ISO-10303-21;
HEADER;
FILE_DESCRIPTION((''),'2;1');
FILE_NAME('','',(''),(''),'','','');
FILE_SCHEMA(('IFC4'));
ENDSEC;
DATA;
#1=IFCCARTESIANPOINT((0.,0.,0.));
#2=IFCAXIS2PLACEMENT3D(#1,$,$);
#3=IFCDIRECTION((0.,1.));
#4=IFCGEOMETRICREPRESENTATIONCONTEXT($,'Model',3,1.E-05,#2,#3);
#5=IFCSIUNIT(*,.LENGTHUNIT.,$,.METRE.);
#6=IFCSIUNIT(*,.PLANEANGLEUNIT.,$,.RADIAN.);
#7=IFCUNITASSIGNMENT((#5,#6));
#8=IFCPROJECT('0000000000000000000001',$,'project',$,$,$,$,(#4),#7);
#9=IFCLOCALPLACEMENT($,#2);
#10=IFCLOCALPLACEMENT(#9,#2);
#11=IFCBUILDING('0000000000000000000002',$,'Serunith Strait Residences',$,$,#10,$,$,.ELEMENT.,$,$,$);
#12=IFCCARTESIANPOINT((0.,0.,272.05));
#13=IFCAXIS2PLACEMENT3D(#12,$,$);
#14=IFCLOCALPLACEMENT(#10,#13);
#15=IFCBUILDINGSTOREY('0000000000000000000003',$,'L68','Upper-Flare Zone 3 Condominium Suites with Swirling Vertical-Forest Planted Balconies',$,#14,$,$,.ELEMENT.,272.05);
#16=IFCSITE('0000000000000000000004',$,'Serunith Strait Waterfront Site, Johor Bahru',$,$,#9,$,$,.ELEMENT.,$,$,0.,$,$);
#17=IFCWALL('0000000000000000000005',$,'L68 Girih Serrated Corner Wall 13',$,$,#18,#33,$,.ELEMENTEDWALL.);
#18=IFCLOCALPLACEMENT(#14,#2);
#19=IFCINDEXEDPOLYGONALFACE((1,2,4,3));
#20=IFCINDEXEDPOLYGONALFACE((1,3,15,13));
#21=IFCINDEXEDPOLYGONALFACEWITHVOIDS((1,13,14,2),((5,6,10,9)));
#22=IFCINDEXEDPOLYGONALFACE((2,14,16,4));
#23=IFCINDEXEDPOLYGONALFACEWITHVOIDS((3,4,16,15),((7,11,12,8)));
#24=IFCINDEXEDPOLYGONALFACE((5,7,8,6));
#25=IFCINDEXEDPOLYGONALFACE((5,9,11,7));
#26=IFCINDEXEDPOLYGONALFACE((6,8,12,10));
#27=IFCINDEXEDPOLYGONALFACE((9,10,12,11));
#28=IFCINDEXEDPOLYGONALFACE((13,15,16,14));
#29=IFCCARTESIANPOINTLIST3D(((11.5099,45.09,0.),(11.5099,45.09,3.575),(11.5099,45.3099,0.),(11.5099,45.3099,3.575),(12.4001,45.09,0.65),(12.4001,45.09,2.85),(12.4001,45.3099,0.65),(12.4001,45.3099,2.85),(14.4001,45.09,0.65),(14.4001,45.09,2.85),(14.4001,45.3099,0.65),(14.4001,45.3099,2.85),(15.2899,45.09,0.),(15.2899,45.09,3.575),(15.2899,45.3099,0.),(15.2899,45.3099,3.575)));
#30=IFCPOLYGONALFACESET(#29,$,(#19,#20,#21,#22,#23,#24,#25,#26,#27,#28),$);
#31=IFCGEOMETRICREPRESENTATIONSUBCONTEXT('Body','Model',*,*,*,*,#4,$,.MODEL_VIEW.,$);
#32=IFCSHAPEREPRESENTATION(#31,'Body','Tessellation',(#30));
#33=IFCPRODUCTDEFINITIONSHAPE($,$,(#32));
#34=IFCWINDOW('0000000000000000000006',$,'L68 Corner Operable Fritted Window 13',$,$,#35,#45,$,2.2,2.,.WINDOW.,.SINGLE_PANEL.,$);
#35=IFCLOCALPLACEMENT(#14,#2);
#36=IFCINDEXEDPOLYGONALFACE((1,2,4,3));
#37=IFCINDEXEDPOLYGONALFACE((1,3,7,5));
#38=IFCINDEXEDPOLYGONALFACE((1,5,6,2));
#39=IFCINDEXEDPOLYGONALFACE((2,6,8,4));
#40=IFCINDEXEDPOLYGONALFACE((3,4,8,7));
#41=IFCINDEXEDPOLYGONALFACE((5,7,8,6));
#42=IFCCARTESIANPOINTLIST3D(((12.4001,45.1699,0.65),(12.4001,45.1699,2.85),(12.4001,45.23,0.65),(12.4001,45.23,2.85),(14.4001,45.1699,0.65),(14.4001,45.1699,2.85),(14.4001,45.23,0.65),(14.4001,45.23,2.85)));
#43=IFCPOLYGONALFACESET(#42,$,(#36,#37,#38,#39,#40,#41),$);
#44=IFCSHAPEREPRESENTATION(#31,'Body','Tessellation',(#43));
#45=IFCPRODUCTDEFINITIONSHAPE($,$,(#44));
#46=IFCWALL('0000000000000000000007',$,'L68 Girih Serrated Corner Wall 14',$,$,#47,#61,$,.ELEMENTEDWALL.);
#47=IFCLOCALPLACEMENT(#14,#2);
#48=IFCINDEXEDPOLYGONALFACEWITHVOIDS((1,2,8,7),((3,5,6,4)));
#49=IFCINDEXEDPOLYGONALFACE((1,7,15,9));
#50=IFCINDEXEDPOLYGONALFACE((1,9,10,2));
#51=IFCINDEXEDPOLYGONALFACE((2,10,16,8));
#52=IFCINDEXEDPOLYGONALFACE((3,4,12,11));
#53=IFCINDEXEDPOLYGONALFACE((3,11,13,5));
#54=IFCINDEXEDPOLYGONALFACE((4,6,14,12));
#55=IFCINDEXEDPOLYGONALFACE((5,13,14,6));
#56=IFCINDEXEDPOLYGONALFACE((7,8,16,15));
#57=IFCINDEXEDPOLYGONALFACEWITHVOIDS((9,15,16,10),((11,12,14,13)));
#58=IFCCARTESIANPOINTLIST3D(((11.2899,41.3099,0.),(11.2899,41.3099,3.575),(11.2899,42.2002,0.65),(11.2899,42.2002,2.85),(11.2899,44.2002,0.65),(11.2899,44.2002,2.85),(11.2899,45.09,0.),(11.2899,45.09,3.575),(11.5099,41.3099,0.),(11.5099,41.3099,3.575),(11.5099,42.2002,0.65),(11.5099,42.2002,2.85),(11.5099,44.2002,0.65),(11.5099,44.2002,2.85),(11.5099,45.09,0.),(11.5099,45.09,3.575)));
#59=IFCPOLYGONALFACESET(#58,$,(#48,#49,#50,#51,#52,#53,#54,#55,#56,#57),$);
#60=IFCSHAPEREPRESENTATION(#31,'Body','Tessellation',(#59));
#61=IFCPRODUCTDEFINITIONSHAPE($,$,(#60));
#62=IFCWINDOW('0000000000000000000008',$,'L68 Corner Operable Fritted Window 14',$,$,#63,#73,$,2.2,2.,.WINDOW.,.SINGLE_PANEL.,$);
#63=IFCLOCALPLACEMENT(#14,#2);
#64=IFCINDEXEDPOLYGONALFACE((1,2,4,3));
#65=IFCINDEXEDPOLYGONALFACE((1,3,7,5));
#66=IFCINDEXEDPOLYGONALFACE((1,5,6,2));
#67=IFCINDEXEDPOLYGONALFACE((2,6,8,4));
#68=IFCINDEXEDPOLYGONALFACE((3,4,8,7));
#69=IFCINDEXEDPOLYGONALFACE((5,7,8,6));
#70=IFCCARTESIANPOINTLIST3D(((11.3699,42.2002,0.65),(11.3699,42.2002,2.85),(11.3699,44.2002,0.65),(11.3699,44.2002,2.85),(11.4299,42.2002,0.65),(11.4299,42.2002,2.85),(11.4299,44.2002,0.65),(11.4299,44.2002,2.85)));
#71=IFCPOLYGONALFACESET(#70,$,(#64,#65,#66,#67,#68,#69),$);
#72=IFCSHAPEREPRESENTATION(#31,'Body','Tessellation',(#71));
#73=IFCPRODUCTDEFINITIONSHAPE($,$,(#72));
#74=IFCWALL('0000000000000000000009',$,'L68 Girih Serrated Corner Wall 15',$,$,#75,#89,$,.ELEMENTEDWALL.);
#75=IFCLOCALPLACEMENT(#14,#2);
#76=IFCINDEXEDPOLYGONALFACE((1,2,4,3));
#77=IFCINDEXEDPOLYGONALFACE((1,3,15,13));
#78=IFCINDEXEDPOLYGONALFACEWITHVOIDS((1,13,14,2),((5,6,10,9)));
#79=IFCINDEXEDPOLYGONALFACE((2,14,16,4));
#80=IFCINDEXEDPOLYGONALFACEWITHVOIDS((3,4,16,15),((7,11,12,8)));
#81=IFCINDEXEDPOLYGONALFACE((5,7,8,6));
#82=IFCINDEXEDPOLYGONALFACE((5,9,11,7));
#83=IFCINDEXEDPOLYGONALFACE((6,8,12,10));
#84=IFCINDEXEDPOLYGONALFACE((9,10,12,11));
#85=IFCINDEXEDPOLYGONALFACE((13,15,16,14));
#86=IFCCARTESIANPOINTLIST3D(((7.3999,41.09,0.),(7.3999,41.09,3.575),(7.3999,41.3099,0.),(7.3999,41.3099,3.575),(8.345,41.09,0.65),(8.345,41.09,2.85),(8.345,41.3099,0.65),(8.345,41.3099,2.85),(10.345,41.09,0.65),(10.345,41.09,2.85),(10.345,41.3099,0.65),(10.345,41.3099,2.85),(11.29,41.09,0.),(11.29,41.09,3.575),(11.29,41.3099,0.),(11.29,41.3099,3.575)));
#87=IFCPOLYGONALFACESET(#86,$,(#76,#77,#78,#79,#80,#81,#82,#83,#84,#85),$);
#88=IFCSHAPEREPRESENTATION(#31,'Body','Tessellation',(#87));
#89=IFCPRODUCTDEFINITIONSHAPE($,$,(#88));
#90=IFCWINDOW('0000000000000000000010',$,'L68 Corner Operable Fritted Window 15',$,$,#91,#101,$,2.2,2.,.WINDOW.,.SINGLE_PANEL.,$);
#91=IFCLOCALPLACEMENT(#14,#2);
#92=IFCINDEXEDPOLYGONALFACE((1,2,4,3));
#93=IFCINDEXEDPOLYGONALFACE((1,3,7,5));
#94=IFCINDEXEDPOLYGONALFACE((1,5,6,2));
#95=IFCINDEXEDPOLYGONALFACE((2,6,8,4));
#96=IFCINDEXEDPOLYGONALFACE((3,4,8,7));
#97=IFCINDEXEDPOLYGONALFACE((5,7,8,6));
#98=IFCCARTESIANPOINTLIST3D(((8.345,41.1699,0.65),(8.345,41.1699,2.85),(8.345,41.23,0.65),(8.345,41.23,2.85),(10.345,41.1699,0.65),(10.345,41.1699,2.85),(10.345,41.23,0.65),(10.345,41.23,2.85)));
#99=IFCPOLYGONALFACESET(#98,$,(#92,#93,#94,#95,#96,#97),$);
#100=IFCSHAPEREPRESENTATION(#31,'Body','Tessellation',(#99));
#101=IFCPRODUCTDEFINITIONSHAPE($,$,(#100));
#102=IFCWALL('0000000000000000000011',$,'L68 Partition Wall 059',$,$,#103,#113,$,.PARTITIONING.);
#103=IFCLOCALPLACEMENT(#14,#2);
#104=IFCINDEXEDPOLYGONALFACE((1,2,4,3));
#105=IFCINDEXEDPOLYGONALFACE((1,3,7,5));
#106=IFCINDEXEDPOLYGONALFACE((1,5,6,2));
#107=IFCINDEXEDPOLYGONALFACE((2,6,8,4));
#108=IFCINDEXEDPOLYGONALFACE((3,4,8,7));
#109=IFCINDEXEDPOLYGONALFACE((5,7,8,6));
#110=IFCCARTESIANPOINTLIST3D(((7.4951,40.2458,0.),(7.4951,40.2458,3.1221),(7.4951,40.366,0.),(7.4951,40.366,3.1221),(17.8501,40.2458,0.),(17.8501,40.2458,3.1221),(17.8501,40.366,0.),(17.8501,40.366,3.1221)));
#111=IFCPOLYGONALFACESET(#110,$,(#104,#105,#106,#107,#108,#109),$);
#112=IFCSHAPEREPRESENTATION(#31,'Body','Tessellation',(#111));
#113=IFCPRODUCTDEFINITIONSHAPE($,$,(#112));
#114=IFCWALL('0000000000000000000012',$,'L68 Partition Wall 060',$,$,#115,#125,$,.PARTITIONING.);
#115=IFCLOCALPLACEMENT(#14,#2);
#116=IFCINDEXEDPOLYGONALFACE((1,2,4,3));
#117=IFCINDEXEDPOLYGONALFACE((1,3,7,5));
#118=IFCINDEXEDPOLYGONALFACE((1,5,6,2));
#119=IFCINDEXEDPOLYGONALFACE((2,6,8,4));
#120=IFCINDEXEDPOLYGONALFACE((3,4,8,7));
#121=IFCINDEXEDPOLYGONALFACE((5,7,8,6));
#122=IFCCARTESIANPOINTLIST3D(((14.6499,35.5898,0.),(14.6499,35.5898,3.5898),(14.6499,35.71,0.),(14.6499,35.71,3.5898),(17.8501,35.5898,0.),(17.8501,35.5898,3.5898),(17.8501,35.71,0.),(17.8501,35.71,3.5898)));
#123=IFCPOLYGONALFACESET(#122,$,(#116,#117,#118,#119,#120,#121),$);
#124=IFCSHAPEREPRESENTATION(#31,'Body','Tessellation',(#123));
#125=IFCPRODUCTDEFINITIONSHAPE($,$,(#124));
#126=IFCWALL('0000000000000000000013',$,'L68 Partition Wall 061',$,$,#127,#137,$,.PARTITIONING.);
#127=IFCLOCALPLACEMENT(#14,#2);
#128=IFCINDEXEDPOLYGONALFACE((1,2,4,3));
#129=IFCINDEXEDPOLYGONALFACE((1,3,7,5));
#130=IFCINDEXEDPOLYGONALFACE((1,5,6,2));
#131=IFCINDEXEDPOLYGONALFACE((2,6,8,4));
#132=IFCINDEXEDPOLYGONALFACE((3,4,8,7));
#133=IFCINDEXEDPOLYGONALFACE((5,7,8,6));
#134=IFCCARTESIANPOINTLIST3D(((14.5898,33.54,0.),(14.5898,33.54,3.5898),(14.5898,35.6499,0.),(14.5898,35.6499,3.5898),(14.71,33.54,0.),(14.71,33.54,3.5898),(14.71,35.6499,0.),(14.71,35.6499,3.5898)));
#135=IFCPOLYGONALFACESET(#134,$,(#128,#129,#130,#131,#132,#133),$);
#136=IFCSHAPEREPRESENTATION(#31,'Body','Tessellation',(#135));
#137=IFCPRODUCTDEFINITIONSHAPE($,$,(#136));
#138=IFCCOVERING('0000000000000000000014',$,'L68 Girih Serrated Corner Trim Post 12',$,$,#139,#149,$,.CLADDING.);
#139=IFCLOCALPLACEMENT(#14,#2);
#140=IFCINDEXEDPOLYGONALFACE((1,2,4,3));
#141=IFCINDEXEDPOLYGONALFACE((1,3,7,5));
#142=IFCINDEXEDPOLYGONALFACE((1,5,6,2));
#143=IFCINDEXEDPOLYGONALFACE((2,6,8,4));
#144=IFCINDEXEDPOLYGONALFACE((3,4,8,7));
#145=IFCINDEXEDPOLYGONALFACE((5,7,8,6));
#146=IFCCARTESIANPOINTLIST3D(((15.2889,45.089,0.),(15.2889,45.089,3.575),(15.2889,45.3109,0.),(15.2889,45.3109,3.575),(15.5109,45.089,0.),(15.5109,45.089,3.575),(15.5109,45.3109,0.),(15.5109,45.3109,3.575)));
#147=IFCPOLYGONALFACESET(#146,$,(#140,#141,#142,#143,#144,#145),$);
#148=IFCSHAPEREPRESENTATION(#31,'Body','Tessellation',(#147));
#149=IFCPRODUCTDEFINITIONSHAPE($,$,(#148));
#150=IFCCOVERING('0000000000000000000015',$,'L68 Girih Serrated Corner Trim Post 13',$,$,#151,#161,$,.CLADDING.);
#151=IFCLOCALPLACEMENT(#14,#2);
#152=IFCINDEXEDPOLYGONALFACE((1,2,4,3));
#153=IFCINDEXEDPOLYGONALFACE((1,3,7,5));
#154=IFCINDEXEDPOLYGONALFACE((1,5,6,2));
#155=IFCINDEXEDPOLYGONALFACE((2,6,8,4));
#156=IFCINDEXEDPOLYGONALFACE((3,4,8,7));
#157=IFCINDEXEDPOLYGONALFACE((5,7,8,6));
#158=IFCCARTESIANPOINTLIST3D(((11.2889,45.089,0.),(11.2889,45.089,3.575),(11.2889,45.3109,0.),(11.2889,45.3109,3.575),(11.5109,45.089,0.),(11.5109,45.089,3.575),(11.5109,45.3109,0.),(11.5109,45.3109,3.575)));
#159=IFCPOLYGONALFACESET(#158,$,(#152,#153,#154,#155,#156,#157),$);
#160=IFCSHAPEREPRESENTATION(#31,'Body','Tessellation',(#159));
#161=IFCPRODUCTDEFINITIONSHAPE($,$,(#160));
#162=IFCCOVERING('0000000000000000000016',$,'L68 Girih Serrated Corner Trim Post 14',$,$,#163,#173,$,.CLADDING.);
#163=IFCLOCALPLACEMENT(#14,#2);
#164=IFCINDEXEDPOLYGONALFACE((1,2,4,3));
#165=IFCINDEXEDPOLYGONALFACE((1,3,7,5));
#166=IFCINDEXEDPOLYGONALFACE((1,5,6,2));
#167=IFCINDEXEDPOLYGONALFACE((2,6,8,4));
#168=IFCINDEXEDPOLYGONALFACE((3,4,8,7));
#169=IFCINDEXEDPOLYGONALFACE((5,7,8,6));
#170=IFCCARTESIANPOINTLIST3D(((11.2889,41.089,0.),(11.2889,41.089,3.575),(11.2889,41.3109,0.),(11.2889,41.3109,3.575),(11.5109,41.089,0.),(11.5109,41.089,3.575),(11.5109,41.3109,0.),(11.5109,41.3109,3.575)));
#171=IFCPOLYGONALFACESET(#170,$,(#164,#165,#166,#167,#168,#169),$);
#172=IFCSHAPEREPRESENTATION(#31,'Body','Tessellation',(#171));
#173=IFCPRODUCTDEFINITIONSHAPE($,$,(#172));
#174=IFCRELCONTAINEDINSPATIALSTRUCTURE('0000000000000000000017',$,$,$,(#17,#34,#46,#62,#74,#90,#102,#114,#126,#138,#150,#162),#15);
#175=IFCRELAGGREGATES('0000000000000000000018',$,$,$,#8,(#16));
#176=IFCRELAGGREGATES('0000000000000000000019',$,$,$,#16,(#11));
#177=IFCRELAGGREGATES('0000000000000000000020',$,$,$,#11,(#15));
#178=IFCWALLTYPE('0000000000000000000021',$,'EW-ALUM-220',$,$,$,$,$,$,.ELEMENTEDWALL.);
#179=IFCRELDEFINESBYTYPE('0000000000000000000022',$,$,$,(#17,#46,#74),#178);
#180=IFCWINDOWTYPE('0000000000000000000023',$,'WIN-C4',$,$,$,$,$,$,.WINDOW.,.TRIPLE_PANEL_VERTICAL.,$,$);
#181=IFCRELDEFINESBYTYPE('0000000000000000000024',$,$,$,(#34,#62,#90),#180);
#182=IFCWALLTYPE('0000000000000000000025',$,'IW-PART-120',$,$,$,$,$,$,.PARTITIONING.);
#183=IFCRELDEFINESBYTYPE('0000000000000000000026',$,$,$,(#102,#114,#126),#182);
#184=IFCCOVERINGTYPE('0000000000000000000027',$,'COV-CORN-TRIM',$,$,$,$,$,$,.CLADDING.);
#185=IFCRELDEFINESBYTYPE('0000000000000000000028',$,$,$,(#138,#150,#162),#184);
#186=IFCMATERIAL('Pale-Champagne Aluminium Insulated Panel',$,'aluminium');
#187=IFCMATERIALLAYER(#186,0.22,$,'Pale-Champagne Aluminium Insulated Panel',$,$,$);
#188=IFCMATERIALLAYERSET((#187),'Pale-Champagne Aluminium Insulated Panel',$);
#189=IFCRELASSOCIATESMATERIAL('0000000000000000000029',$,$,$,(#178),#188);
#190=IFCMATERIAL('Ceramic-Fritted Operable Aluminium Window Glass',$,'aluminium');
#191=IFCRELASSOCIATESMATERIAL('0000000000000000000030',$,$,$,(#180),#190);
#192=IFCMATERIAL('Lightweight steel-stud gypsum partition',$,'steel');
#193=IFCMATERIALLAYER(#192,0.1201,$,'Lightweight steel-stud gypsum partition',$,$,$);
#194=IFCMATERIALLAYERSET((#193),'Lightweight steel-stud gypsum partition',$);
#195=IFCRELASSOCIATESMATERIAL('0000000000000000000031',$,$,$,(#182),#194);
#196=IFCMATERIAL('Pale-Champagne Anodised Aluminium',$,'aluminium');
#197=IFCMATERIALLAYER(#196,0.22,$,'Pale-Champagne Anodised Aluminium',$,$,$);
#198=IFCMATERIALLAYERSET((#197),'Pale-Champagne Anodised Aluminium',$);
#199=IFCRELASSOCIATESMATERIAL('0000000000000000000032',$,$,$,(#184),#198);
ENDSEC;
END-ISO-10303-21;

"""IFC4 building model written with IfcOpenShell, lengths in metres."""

from ifc_helpers import new_model, si_unit, direction, frame, frame_2d, origin, origin_2d, place, context, subcontext, project, spatial, rectangle, extrude, source, transform, mapped, material, layer, layer_set, type_object, element, fill, save


model = new_model("IFC4")

# Units and contexts
model_context = context("Model", 3, precision=1e-05, world=origin(), true_north=direction((0.0, 1.0)))
body_context = subcontext(model_context, "Body", "Model", "MODEL_VIEW")
ifc_project = project(units=[si_unit("LENGTHUNIT", "METRE"), si_unit("PLANEANGLEUNIT", "RADIAN")], contexts=[model_context])

# Site, building, storey
site_placement = place(None, origin())
site = spatial("IfcSite", under=ifc_project, at=site_placement, Name="Serunith Strait Waterfront Site, Johor Bahru", CompositionType="ELEMENT", RefElevation=0.0)
building_placement = place(site_placement, origin())
building = spatial("IfcBuilding", under=site, at=building_placement, Name="Serunith Strait Residences", CompositionType="ELEMENT")
storey_placement = place(building_placement, frame((0.0, 0.0, 272.05)))
storey = spatial("IfcBuildingStorey", under=building, at=storey_placement, Name="L68", Description="Upper-Flare Zone 3 Condominium Suites with Swirling Vertical-Forest Planted Balconies", CompositionType="ELEMENT", Elevation=272.05)

# Shared definitions
ifc_material_1 = material(Name="Pale-Champagne Anodised Aluminium", Category="aluminium")

# Walls, openings, windows
ifc_material_2 = material(Name="Pale-Champagne Aluminium Insulated Panel", Category="aluminium")
ifc_layer_1 = layer(ifc_material_2, 0.22, Name="Pale-Champagne Aluminium Insulated Panel")
ifc_layer_set_1 = layer_set([ifc_layer_1], Name="Pale-Champagne Aluminium Insulated Panel")
wall_type_1 = type_object("IfcWallType", Name="EW-ALUM-220", PredefinedType="ELEMENTEDWALL", material=ifc_layer_set_1)
ifc_material_3 = material(Name="Ceramic-Fritted Operable Aluminium Window Glass", Category="aluminium")
window_type = type_object("IfcWindowType", Name="WIN-C4", PartitioningType="TRIPLE_PANEL_VERTICAL", PredefinedType="WINDOW", material=ifc_material_3)
shared_shape_1 = source(origin(), body_context, "Body", "SweptSolid", [
    extrude(rectangle(XDim=2.0, YDim=2.2, at=frame_2d((1.0, 1.1001))), frame((0.0, 0.03, 0.0), z_axis=(0.0, -1.0, 0.0), x_axis=(1.0, 0.0, 0.0)), (0.0, 0.0, 1.0), 0.0601),
])
wall_1_placement = place(storey_placement, frame((15.29, 45.2, 0.0), z_axis=(0.0, 0.0, 1.0), x_axis=(-1.0, 0.0, 0.0)))
wall_1 = element("IfcWall", 1, at=wall_1_placement, inside=storey, type_object=wall_type_1, Name="L68 Girih Serrated Corner Wall 13", PredefinedType="ELEMENTEDWALL", context=body_context, shape_type="SweptSolid", body=[
    extrude(rectangle(XDim=3.78, YDim=0.22, at=frame_2d((1.8901, 0.0))), origin(), (0.0, 0.0, 1.0), 3.575),
])
opening_1_placement = place(wall_1_placement, frame((0.8899, 0.0, 0.6499)))
opening_1 = element("IfcOpeningElement", 2, at=opening_1_placement, cuts=wall_1, PredefinedType="OPENING", context=body_context, shape_type="SweptSolid", body=[
    extrude(rectangle(XDim=2.0, YDim=2.2, at=frame_2d((1.0, 1.1001))), frame((0.0, 0.1201, 0.0), z_axis=(0.0, -1.0, 0.0), x_axis=(1.0, 0.0, 0.0)), (0.0, 0.0, 1.0), 0.24),
])
window_1_placement = place(opening_1_placement, origin())
window_1 = element("IfcWindow", 3, at=window_1_placement, inside=storey, type_object=window_type, Name="L68 Corner Operable Fritted Window 13", OverallHeight=2.2, OverallWidth=2.0, PartitioningType="SINGLE_PANEL", PredefinedType="WINDOW", context=body_context, shape_type="MappedRepresentation", body=[
    mapped(shared_shape_1, transform((0.0, 0.0, 0.0), scale=1.0)),
])
fill(opening_1, window_1)
wall_2_placement = place(storey_placement, frame((11.3999, 45.0901, 0.0), z_axis=(0.0, 0.0, 1.0), x_axis=(0.0, -1.0, 0.0)))
wall_2 = element("IfcWall", 4, at=wall_2_placement, inside=storey, type_object=wall_type_1, Name="L68 Girih Serrated Corner Wall 14", PredefinedType="ELEMENTEDWALL", context=body_context, shape_type="SweptSolid", body=[
    extrude(rectangle(XDim=3.78, YDim=0.22, at=frame_2d((1.8901, 0.0))), origin(), (0.0, 0.0, 1.0), 3.575),
])
opening_2_placement = place(wall_2_placement, frame((0.8899, 0.0, 0.6499)))
opening_2 = element("IfcOpeningElement", 5, at=opening_2_placement, cuts=wall_2, PredefinedType="OPENING", context=body_context, shape_type="SweptSolid", body=[
    extrude(rectangle(XDim=2.0, YDim=2.2, at=frame_2d((1.0, 1.1001))), frame((0.0, 0.1201, 0.0), z_axis=(0.0, -1.0, 0.0), x_axis=(1.0, 0.0, 0.0)), (0.0, 0.0, 1.0), 0.24),
])
window_2_placement = place(opening_2_placement, origin())
window_2 = element("IfcWindow", 6, at=window_2_placement, inside=storey, type_object=window_type, Name="L68 Corner Operable Fritted Window 14", OverallHeight=2.2, OverallWidth=2.0, PartitioningType="SINGLE_PANEL", PredefinedType="WINDOW", context=body_context, shape_type="MappedRepresentation", body=[
    mapped(shared_shape_1, transform((0.0, 0.0, 0.0), scale=1.0)),
])
fill(opening_2, window_2)
wall_3_placement = place(storey_placement, frame((11.29, 41.2, 0.0), z_axis=(0.0, 0.0, 1.0), x_axis=(-1.0, 0.0, 0.0)))
wall_3 = element("IfcWall", 7, at=wall_3_placement, inside=storey, type_object=wall_type_1, Name="L68 Girih Serrated Corner Wall 15", PredefinedType="ELEMENTEDWALL", context=body_context, shape_type="SweptSolid", body=[
    extrude(rectangle(XDim=3.8901, YDim=0.22, at=frame_2d((1.9451, 0.0))), origin(), (0.0, 0.0, 1.0), 3.575),
])
opening_3_placement = place(wall_3_placement, frame((0.9451, 0.0, 0.6499)))
opening_3 = element("IfcOpeningElement", 8, at=opening_3_placement, cuts=wall_3, PredefinedType="OPENING", context=body_context, shape_type="SweptSolid", body=[
    extrude(rectangle(XDim=2.0, YDim=2.2, at=frame_2d((1.0, 1.1001))), frame((0.0, 0.1201, 0.0), z_axis=(0.0, -1.0, 0.0), x_axis=(1.0, 0.0, 0.0)), (0.0, 0.0, 1.0), 0.24),
])
window_3_placement = place(opening_3_placement, origin())
window_3 = element("IfcWindow", 9, at=window_3_placement, inside=storey, type_object=window_type, Name="L68 Corner Operable Fritted Window 15", OverallHeight=2.2, OverallWidth=2.0, PartitioningType="SINGLE_PANEL", PredefinedType="WINDOW", context=body_context, shape_type="MappedRepresentation", body=[
    mapped(shared_shape_1, transform((0.0, 0.0, 0.0), scale=1.0)),
])
fill(opening_3, window_3)

# Walls
ifc_material_4 = material(Name="Lightweight steel-stud gypsum partition", Category="steel")
ifc_layer_2 = layer(ifc_material_4, 0.1201, Name="Lightweight steel-stud gypsum partition")
ifc_layer_set_2 = layer_set([ifc_layer_2], Name="Lightweight steel-stud gypsum partition")
wall_type_2 = type_object("IfcWallType", Name="IW-PART-120", PredefinedType="PARTITIONING", material=ifc_layer_set_2)
wall_4_placement = place(storey_placement, frame((7.4951, 40.3059, 0.0), z_axis=(0.0, 0.0, 1.0), x_axis=(1.0, 0.0, 0.0)))
element("IfcWall", 10, at=wall_4_placement, inside=storey, type_object=wall_type_2, Name="L68 Partition Wall 059", PredefinedType="PARTITIONING", context=body_context, shape_type="SweptSolid", body=[
    extrude(rectangle(XDim=10.355, YDim=0.1201, at=frame_2d((5.1775, 0.0))), origin(), (0.0, 0.0, 1.0), 3.1221),
])
wall_5_placement = place(storey_placement, frame((14.6499, 35.6499, 0.0), z_axis=(0.0, 0.0, 1.0), x_axis=(1.0, 0.0, 0.0)))
element("IfcWall", 11, at=wall_5_placement, inside=storey, type_object=wall_type_2, Name="L68 Partition Wall 060", PredefinedType="PARTITIONING", context=body_context, shape_type="SweptSolid", body=[
    extrude(rectangle(XDim=3.2002, YDim=0.1201, at=frame_2d((1.6001, 0.0))), origin(), (0.0, 0.0, 1.0), 3.5898),
])
wall_6_placement = place(storey_placement, frame((14.6499, 35.6499, 0.0), z_axis=(0.0, 0.0, 1.0), x_axis=(0.0, -1.0, 0.0)))
element("IfcWall", 12, at=wall_6_placement, inside=storey, type_object=wall_type_2, Name="L68 Partition Wall 061", PredefinedType="PARTITIONING", context=body_context, shape_type="SweptSolid", body=[
    extrude(rectangle(XDim=2.1099, YDim=0.1201, at=frame_2d((1.0549, 0.0))), origin(), (0.0, 0.0, 1.0), 3.5898),
])

# Coverings
ifc_layer_3 = layer(ifc_material_1, 0.22, Name="Pale-Champagne Anodised Aluminium")
ifc_layer_set_3 = layer_set([ifc_layer_3], Name="Pale-Champagne Anodised Aluminium")
covering_type = type_object("IfcCoveringType", Name="COV-CORN-TRIM", PredefinedType="CLADDING", material=ifc_layer_set_3)
shared_shape_2 = source(origin(), body_context, "Body", "SweptSolid", [
    extrude(rectangle(XDim=0.2219, YDim=0.2219, at=origin_2d()), origin(), (0.0, 0.0, 1.0), 3.575),
])
for number, where, z_axis, x_axis, name in (
    (13, (15.3999, 45.2, 0.0), (0.0, 0.0, 1.0), (1.0, 0.0, 0.0), "L68 Girih Serrated Corner Trim Post 12"),
    (14, (11.3999, 45.2, 0.0), (0.0, 0.0, 1.0), (1.0, 0.0, 0.0), "L68 Girih Serrated Corner Trim Post 13"),
    (15, (11.3999, 41.2, 0.0), (0.0, 0.0, 1.0), (1.0, 0.0, 0.0), "L68 Girih Serrated Corner Trim Post 14"),
):
    element("IfcCovering", number, at=place(storey_placement, frame(where, z_axis=z_axis, x_axis=x_axis)), inside=storey, type_object=covering_type, Name=name, PredefinedType="CLADDING", context=body_context, shape_type="MappedRepresentation", body=[
        mapped(shared_shape_2, transform((0.0, 0.0, 0.0), scale=1.0)),
    ])

save(model, "model.ifc")
